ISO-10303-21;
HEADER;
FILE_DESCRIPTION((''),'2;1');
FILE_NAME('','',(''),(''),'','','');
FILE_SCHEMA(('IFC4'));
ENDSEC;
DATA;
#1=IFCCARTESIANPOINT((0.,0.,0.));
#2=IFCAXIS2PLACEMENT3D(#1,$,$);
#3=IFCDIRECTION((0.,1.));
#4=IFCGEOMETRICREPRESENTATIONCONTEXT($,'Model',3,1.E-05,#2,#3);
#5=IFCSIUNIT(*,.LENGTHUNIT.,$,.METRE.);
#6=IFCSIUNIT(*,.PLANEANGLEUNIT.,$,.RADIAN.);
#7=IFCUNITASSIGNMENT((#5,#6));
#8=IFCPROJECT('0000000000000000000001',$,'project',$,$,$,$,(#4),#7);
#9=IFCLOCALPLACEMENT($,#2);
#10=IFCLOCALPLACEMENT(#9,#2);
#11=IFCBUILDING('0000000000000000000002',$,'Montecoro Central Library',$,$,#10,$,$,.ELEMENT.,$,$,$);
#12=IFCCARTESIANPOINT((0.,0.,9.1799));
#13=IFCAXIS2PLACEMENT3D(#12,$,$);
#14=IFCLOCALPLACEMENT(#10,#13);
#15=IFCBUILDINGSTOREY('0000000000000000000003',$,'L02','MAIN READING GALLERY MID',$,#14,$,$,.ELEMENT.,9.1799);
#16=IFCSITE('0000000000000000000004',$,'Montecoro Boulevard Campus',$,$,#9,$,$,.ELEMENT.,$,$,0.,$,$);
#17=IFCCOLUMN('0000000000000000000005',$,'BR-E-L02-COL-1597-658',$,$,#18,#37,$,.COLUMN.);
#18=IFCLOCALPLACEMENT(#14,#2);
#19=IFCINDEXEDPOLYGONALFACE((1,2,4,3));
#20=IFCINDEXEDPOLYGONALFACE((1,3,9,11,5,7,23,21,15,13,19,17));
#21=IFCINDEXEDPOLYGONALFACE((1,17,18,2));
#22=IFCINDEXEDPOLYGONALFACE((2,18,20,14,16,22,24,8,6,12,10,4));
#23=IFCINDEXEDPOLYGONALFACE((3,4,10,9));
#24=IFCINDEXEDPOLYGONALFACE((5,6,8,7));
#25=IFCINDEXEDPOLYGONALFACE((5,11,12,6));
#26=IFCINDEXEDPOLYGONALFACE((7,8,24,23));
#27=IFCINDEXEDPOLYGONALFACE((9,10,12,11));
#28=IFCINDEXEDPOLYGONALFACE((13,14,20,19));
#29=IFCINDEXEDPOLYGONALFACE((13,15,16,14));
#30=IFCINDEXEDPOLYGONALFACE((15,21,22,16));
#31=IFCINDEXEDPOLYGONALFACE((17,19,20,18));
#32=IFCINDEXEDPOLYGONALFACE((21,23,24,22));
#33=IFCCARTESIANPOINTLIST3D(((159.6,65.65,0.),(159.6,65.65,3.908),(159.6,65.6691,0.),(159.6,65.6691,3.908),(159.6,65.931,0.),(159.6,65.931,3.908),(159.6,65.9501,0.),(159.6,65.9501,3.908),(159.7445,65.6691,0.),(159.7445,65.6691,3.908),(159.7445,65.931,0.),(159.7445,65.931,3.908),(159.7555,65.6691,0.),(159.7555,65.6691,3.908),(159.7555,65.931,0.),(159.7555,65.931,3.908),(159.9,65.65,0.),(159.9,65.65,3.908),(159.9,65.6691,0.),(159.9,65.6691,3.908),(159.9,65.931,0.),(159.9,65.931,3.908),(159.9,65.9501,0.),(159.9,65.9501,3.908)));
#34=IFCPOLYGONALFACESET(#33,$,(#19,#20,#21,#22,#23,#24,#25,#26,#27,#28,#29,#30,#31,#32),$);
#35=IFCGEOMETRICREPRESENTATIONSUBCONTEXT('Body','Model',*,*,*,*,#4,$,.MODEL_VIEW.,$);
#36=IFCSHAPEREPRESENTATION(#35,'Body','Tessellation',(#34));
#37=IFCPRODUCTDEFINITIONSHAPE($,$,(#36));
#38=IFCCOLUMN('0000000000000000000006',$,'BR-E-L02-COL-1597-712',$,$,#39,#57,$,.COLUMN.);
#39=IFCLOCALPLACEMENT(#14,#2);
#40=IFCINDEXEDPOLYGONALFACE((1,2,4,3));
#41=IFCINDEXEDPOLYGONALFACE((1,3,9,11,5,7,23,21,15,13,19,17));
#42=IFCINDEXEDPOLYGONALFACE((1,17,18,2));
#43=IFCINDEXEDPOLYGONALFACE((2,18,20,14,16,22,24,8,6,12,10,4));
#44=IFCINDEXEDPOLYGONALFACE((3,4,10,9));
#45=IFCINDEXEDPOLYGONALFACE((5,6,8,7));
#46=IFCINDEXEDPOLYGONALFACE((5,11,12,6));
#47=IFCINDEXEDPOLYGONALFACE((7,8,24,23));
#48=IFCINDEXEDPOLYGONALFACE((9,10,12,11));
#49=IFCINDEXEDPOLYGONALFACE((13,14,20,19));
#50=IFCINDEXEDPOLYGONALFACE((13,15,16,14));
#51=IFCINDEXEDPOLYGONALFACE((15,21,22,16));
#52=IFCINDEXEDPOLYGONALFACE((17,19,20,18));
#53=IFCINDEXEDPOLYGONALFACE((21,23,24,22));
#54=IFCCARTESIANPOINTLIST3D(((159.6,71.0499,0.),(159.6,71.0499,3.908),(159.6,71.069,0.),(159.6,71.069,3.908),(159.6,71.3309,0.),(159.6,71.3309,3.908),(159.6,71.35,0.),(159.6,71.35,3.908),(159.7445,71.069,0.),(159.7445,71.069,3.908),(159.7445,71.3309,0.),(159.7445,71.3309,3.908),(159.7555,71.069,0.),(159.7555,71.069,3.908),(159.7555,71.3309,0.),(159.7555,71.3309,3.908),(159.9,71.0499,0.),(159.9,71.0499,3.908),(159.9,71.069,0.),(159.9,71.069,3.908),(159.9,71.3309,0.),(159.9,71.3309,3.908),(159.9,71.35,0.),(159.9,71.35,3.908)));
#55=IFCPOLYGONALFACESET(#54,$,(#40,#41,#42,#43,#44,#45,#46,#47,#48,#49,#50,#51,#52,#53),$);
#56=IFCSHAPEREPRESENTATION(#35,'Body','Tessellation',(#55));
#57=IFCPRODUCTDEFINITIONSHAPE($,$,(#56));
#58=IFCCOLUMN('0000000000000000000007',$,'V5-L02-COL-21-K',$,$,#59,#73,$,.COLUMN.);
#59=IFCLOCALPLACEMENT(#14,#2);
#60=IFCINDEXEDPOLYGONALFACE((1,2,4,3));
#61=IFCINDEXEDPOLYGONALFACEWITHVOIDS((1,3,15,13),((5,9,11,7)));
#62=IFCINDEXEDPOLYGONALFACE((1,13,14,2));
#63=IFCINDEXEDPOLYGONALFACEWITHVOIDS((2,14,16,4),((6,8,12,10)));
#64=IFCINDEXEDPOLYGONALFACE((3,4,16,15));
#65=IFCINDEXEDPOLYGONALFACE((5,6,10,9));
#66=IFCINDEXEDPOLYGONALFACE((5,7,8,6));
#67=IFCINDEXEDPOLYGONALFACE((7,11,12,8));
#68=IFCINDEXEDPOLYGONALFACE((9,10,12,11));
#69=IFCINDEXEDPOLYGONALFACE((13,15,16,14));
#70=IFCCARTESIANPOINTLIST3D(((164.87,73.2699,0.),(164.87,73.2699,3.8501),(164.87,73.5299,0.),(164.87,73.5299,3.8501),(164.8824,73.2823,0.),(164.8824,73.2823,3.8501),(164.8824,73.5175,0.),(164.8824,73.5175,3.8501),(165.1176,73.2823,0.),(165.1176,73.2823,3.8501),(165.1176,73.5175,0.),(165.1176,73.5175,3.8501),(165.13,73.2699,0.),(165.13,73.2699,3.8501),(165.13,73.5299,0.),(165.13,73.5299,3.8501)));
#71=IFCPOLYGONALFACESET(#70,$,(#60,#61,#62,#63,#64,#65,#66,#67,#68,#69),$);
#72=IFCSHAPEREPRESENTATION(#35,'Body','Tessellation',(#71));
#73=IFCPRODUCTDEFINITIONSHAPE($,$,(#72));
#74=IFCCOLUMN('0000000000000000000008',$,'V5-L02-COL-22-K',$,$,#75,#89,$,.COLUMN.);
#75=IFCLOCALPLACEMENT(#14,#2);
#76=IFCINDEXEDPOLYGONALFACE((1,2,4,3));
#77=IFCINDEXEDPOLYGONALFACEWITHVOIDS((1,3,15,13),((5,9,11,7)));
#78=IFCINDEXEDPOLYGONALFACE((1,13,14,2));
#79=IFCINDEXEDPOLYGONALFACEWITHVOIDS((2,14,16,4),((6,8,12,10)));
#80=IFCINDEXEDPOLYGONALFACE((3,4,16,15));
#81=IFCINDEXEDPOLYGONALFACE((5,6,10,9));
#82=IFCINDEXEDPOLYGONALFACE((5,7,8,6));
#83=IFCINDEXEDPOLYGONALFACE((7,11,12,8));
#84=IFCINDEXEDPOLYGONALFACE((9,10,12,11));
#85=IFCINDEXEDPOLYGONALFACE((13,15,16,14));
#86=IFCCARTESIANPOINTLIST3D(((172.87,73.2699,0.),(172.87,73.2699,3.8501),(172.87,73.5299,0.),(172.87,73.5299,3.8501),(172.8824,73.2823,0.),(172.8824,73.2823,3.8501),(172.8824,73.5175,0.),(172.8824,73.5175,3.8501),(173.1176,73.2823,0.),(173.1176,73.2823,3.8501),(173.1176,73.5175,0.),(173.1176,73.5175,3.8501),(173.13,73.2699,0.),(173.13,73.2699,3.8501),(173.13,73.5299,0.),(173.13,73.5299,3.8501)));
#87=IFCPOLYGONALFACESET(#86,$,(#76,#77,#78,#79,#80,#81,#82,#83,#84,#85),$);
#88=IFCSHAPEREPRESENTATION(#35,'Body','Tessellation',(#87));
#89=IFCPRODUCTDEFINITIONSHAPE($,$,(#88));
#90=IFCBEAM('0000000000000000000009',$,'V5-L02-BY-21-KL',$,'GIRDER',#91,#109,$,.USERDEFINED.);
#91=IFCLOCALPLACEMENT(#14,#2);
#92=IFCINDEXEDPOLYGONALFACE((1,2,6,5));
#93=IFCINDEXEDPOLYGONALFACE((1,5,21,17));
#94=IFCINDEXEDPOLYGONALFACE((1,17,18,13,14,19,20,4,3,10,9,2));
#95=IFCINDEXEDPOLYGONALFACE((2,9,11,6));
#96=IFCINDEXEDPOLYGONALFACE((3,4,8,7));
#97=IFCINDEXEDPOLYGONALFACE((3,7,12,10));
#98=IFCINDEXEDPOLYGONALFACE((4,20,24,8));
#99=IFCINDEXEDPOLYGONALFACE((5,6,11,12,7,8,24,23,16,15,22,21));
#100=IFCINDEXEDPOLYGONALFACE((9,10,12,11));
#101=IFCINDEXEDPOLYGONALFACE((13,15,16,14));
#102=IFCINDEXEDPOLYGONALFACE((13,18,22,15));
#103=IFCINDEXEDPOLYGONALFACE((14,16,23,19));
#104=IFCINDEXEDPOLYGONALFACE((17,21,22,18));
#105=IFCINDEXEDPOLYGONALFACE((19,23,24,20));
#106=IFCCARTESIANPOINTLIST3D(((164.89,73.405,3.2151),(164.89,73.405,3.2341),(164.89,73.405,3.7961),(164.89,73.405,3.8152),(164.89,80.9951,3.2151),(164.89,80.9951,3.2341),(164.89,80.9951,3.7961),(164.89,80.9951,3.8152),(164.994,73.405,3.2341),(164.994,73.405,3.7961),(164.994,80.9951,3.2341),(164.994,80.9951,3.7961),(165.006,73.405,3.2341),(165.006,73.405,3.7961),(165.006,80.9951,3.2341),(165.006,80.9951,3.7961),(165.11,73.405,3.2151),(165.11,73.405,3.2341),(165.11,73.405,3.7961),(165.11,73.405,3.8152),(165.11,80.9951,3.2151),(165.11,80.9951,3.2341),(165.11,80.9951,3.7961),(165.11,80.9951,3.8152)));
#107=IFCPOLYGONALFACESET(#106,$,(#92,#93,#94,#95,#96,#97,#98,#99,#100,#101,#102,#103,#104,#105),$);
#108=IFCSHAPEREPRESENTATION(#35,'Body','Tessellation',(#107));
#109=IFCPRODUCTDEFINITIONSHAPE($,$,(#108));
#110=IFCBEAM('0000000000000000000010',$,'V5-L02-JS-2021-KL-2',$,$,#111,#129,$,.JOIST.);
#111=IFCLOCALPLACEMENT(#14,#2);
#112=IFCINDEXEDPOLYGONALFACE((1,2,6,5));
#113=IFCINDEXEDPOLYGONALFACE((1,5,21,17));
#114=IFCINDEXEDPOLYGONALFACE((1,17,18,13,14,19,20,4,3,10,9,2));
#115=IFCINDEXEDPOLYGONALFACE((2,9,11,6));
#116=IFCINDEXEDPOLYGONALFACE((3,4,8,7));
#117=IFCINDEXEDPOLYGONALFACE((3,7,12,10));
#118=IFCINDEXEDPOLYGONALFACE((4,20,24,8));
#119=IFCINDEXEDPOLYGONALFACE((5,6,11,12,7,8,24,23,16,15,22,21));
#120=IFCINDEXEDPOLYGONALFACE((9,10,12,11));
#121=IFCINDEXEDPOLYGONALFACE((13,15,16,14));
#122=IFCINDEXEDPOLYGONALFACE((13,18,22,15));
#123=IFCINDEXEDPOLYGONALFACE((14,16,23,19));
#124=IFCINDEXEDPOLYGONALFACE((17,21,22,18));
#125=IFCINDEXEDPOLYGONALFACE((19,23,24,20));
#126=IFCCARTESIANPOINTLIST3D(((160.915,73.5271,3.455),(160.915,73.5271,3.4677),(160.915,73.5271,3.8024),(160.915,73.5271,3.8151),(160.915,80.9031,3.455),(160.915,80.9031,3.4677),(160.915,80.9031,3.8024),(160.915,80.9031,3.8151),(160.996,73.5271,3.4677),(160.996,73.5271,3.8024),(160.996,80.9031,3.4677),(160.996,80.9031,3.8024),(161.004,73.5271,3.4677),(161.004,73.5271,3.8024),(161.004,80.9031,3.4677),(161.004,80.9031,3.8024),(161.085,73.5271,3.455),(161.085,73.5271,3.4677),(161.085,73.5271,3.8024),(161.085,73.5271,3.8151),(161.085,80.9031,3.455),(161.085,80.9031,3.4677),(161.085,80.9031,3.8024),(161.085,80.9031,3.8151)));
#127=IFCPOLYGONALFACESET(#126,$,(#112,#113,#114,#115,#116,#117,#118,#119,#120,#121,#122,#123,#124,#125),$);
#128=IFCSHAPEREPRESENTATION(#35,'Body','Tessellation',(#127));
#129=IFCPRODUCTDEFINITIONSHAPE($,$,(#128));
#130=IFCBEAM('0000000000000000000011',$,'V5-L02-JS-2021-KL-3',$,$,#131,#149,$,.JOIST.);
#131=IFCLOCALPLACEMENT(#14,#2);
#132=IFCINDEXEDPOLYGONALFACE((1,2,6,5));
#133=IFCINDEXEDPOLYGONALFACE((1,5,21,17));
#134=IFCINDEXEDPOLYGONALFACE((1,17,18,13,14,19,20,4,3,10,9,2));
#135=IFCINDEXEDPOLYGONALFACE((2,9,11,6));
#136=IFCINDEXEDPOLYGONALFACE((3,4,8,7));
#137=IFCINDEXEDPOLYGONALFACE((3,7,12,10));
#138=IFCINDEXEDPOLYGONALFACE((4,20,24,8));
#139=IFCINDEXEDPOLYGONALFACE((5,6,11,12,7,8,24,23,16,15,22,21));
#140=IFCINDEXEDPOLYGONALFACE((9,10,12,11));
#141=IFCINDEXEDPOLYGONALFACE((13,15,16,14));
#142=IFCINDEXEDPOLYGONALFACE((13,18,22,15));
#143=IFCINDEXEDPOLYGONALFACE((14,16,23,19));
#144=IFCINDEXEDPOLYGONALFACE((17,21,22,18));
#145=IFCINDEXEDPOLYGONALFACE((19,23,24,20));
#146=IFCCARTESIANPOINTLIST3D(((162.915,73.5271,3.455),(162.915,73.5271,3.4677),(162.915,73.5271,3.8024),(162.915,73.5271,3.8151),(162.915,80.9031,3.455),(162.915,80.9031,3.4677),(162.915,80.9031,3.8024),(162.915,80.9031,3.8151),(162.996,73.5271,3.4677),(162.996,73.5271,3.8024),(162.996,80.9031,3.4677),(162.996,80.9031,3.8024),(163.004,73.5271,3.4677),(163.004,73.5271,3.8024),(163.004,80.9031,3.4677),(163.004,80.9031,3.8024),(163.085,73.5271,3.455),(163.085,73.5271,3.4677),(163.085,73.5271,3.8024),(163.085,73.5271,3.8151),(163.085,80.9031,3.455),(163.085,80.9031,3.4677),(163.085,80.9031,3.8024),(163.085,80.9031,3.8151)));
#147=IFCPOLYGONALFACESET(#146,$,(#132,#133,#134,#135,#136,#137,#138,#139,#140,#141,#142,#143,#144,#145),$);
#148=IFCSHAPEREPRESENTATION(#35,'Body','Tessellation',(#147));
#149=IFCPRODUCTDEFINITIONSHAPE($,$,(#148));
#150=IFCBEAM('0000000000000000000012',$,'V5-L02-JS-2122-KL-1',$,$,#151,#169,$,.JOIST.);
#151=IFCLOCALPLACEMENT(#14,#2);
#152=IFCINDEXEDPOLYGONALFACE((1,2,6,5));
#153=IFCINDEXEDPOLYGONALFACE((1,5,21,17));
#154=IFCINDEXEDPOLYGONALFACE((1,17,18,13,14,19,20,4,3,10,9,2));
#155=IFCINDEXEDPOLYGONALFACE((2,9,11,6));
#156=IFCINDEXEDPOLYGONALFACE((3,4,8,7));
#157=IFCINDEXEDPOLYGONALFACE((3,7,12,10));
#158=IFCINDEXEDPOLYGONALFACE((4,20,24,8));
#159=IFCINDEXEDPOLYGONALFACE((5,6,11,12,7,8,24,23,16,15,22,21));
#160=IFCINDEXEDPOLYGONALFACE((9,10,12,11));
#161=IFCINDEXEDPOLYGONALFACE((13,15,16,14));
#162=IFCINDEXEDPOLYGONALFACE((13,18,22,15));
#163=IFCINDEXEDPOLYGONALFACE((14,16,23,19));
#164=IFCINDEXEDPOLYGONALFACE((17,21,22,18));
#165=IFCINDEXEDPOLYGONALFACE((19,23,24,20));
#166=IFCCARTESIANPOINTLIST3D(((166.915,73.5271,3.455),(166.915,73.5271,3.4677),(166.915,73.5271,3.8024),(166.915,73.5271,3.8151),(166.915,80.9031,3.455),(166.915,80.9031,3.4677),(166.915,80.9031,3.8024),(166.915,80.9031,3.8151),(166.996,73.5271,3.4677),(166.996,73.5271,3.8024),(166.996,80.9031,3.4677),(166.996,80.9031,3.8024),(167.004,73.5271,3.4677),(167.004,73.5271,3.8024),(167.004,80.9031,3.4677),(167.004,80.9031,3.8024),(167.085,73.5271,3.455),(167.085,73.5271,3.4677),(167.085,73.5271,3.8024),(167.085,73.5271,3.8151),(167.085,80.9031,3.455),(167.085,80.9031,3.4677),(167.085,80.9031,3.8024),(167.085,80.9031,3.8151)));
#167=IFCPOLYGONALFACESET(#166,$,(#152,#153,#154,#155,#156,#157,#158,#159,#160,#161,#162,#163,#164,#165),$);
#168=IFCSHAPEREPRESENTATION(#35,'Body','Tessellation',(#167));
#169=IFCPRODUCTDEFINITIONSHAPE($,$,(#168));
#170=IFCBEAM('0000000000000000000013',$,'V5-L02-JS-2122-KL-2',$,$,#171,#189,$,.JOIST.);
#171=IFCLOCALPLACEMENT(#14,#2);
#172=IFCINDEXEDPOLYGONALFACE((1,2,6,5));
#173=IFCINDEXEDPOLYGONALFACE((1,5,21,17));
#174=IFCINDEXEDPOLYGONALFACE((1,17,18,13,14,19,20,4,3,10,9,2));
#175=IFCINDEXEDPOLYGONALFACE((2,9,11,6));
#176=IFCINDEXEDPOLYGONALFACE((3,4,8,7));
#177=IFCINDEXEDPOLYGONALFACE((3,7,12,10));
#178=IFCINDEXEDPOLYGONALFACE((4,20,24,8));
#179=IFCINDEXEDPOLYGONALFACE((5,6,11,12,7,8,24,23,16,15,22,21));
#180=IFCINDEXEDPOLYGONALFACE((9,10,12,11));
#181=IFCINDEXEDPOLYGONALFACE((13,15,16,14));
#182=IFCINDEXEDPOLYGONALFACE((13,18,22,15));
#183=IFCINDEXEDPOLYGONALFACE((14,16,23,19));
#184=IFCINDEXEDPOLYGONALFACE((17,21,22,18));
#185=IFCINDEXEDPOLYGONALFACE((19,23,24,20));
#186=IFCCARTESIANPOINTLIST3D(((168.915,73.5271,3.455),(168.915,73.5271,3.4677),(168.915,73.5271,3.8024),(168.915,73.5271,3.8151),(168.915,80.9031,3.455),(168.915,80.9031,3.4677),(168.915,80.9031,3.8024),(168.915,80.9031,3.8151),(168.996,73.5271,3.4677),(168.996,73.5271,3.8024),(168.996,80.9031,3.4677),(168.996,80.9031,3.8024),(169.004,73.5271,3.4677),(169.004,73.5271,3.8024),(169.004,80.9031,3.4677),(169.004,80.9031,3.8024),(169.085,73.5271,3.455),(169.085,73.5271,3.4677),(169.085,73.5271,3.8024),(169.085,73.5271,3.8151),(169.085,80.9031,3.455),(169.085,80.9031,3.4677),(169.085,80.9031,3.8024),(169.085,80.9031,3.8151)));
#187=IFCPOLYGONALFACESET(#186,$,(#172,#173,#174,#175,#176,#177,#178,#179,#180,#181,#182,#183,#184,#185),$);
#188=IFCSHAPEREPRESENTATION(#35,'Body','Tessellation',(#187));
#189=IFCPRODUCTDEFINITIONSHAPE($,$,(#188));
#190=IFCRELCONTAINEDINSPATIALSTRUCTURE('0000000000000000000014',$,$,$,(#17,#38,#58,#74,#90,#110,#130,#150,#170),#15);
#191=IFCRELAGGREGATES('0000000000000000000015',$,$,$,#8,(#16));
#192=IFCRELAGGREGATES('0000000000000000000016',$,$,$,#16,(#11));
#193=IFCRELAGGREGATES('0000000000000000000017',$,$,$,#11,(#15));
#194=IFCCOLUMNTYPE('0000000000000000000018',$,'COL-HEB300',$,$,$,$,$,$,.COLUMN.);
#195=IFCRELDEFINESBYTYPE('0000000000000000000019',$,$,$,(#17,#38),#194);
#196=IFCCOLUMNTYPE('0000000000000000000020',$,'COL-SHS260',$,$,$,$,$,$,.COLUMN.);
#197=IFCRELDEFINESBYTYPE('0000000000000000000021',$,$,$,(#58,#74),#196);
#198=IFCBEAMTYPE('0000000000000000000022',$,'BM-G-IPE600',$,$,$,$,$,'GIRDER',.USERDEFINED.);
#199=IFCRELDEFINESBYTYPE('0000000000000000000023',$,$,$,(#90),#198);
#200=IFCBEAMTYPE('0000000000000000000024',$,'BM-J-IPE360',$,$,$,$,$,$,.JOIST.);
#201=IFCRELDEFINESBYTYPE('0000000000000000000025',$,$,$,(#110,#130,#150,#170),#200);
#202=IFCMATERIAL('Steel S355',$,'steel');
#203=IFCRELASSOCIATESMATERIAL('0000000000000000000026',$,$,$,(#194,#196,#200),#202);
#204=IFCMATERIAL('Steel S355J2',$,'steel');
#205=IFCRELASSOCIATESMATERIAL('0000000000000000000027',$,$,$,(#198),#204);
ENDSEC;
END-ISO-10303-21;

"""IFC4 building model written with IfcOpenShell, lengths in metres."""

from ifc_helpers import new_model, si_unit, direction, frame, origin, origin_2d, place, context, subcontext, project, spatial, hollow_rectangle, i_section, extrude, material, material_profile, profile_set, type_object, element, save


model = new_model("IFC4")

# Units and contexts
model_context = context("Model", 3, precision=1e-05, world=origin(), true_north=direction((0.0, 1.0)))
body_context = subcontext(model_context, "Body", "Model", "MODEL_VIEW")
ifc_project = project(units=[si_unit("LENGTHUNIT", "METRE"), si_unit("PLANEANGLEUNIT", "RADIAN")], contexts=[model_context])

# Site, building, storey
site_placement = place(None, origin())
site = spatial("IfcSite", under=ifc_project, at=site_placement, Name="Montecoro Boulevard Campus", CompositionType="ELEMENT", RefElevation=0.0)
building_placement = place(site_placement, origin())
building = spatial("IfcBuilding", under=site, at=building_placement, Name="Montecoro Central Library", CompositionType="ELEMENT")
storey_placement = place(building_placement, frame((0.0, 0.0, 9.1799)))
storey = spatial("IfcBuildingStorey", under=building, at=storey_placement, Name="L02", Description="MAIN READING GALLERY MID", CompositionType="ELEMENT", Elevation=9.1799)

# Columns
ifc_material_1 = material(Name="Steel S355", Category="steel")
ifc_material_profile_1 = material_profile(ifc_material_1, i_section(OverallWidth=0.3, OverallDepth=0.3, WebThickness=0.011, FlangeThickness=0.019, at=origin_2d()), Name="HEB 300")
ifc_profile_set_1 = profile_set([ifc_material_profile_1], Name="Steel S355")
column_type_1 = type_object("IfcColumnType", Name="COL-HEB300", PredefinedType="COLUMN", material=ifc_profile_set_1)
for number, where, z_axis, x_axis, name in (
    (1, (159.75, 65.8, 0.0), (0.0, 0.0, 1.0), (1.0, 0.0, 0.0), "BR-E-L02-COL-1597-658"),
    (2, (159.75, 71.2, 0.0), (0.0, 0.0, 1.0), (1.0, 0.0, 0.0), "BR-E-L02-COL-1597-712"),
):
    element("IfcColumn", number, at=place(storey_placement, frame(where, z_axis=z_axis, x_axis=x_axis)), inside=storey, type_object=column_type_1, Name=name, PredefinedType="COLUMN", context=body_context, shape_type="SweptSolid", body=[
        extrude(i_section(OverallWidth=0.3, OverallDepth=0.3, WebThickness=0.011, FlangeThickness=0.019, at=origin_2d()), origin(), (0.0, 0.0, 1.0), 3.908),
    ])
ifc_material_profile_2 = material_profile(ifc_material_1, hollow_rectangle(XDim=0.26, YDim=0.26, WallThickness=0.0125, at=origin_2d()), Name="SHS 260x260x12.5")
ifc_profile_set_2 = profile_set([ifc_material_profile_2], Name="Steel S355")
column_type_2 = type_object("IfcColumnType", Name="COL-SHS260", PredefinedType="COLUMN", material=ifc_profile_set_2)
for number, where, z_axis, x_axis, name in (
    (3, (165.0, 73.3999, 0.0), (0.0, 0.0, 1.0), (1.0, 0.0, 0.0), "V5-L02-COL-21-K"),
    (4, (173.0, 73.3999, 0.0), (0.0, 0.0, 1.0), (1.0, 0.0, 0.0), "V5-L02-COL-22-K"),
):
    element("IfcColumn", number, at=place(storey_placement, frame(where, z_axis=z_axis, x_axis=x_axis)), inside=storey, type_object=column_type_2, Name=name, PredefinedType="COLUMN", context=body_context, shape_type="SweptSolid", body=[
        extrude(hollow_rectangle(XDim=0.26, YDim=0.26, WallThickness=0.0125, at=origin_2d()), origin(), (0.0, 0.0, 1.0), 3.8501),
    ])

# Beams
ifc_material_2 = material(Name="Steel S355J2", Category="steel")
ifc_material_profile_3 = material_profile(ifc_material_2, i_section(OverallWidth=0.22, OverallDepth=0.6001, WebThickness=0.012, FlangeThickness=0.019, at=origin_2d()), Name="IPE 600")
ifc_profile_set_3 = profile_set([ifc_material_profile_3], Name="Steel S355J2")
beam_type_1 = type_object("IfcBeamType", Name="BM-G-IPE600", ElementType="GIRDER", PredefinedType="USERDEFINED", material=ifc_profile_set_3)
beam_1_placement = place(storey_placement, frame((165.0, 73.405, 3.5151), z_axis=(0.0, 1.0, 0.0), x_axis=(-1.0, 0.0, 0.0)))
element("IfcBeam", 5, at=beam_1_placement, inside=storey, type_object=beam_type_1, Name="V5-L02-BY-21-KL", ObjectType="GIRDER", PredefinedType="USERDEFINED", context=body_context, shape_type="SweptSolid", body=[
    extrude(i_section(OverallWidth=0.22, OverallDepth=0.6001, WebThickness=0.012, FlangeThickness=0.019, at=origin_2d()), origin(), (0.0, 0.0, 1.0), 7.5901),
])
ifc_material_profile_4 = material_profile(ifc_material_1, i_section(OverallWidth=0.1699, OverallDepth=0.3601, WebThickness=0.0081, FlangeThickness=0.0127, at=origin_2d()), Name="IPE 360")
ifc_profile_set_4 = profile_set([ifc_material_profile_4], Name="Steel S355")
beam_type_2 = type_object("IfcBeamType", Name="BM-J-IPE360", PredefinedType="JOIST", material=ifc_profile_set_4)
for number, where, z_axis, x_axis, name in (
    (6, (161.0, 73.5271, 3.635), (0.0, 1.0, 0.0), (-1.0, 0.0, 0.0), "V5-L02-JS-2021-KL-2"),
    (7, (163.0, 73.5271, 3.635), (0.0, 1.0, 0.0), (-1.0, 0.0, 0.0), "V5-L02-JS-2021-KL-3"),
    (8, (167.0, 73.5271, 3.635), (0.0, 1.0, 0.0), (-1.0, 0.0, 0.0), "V5-L02-JS-2122-KL-1"),
    (9, (169.0, 73.5271, 3.635), (0.0, 1.0, 0.0), (-1.0, 0.0, 0.0), "V5-L02-JS-2122-KL-2"),
):
    element("IfcBeam", number, at=place(storey_placement, frame(where, z_axis=z_axis, x_axis=x_axis)), inside=storey, type_object=beam_type_2, Name=name, PredefinedType="JOIST", context=body_context, shape_type="SweptSolid", body=[
        extrude(i_section(OverallWidth=0.1699, OverallDepth=0.3601, WebThickness=0.0081, FlangeThickness=0.0127, at=origin_2d()), origin(), (0.0, 0.0, 1.0), 7.376),
    ])

save(model, "model.ifc")
